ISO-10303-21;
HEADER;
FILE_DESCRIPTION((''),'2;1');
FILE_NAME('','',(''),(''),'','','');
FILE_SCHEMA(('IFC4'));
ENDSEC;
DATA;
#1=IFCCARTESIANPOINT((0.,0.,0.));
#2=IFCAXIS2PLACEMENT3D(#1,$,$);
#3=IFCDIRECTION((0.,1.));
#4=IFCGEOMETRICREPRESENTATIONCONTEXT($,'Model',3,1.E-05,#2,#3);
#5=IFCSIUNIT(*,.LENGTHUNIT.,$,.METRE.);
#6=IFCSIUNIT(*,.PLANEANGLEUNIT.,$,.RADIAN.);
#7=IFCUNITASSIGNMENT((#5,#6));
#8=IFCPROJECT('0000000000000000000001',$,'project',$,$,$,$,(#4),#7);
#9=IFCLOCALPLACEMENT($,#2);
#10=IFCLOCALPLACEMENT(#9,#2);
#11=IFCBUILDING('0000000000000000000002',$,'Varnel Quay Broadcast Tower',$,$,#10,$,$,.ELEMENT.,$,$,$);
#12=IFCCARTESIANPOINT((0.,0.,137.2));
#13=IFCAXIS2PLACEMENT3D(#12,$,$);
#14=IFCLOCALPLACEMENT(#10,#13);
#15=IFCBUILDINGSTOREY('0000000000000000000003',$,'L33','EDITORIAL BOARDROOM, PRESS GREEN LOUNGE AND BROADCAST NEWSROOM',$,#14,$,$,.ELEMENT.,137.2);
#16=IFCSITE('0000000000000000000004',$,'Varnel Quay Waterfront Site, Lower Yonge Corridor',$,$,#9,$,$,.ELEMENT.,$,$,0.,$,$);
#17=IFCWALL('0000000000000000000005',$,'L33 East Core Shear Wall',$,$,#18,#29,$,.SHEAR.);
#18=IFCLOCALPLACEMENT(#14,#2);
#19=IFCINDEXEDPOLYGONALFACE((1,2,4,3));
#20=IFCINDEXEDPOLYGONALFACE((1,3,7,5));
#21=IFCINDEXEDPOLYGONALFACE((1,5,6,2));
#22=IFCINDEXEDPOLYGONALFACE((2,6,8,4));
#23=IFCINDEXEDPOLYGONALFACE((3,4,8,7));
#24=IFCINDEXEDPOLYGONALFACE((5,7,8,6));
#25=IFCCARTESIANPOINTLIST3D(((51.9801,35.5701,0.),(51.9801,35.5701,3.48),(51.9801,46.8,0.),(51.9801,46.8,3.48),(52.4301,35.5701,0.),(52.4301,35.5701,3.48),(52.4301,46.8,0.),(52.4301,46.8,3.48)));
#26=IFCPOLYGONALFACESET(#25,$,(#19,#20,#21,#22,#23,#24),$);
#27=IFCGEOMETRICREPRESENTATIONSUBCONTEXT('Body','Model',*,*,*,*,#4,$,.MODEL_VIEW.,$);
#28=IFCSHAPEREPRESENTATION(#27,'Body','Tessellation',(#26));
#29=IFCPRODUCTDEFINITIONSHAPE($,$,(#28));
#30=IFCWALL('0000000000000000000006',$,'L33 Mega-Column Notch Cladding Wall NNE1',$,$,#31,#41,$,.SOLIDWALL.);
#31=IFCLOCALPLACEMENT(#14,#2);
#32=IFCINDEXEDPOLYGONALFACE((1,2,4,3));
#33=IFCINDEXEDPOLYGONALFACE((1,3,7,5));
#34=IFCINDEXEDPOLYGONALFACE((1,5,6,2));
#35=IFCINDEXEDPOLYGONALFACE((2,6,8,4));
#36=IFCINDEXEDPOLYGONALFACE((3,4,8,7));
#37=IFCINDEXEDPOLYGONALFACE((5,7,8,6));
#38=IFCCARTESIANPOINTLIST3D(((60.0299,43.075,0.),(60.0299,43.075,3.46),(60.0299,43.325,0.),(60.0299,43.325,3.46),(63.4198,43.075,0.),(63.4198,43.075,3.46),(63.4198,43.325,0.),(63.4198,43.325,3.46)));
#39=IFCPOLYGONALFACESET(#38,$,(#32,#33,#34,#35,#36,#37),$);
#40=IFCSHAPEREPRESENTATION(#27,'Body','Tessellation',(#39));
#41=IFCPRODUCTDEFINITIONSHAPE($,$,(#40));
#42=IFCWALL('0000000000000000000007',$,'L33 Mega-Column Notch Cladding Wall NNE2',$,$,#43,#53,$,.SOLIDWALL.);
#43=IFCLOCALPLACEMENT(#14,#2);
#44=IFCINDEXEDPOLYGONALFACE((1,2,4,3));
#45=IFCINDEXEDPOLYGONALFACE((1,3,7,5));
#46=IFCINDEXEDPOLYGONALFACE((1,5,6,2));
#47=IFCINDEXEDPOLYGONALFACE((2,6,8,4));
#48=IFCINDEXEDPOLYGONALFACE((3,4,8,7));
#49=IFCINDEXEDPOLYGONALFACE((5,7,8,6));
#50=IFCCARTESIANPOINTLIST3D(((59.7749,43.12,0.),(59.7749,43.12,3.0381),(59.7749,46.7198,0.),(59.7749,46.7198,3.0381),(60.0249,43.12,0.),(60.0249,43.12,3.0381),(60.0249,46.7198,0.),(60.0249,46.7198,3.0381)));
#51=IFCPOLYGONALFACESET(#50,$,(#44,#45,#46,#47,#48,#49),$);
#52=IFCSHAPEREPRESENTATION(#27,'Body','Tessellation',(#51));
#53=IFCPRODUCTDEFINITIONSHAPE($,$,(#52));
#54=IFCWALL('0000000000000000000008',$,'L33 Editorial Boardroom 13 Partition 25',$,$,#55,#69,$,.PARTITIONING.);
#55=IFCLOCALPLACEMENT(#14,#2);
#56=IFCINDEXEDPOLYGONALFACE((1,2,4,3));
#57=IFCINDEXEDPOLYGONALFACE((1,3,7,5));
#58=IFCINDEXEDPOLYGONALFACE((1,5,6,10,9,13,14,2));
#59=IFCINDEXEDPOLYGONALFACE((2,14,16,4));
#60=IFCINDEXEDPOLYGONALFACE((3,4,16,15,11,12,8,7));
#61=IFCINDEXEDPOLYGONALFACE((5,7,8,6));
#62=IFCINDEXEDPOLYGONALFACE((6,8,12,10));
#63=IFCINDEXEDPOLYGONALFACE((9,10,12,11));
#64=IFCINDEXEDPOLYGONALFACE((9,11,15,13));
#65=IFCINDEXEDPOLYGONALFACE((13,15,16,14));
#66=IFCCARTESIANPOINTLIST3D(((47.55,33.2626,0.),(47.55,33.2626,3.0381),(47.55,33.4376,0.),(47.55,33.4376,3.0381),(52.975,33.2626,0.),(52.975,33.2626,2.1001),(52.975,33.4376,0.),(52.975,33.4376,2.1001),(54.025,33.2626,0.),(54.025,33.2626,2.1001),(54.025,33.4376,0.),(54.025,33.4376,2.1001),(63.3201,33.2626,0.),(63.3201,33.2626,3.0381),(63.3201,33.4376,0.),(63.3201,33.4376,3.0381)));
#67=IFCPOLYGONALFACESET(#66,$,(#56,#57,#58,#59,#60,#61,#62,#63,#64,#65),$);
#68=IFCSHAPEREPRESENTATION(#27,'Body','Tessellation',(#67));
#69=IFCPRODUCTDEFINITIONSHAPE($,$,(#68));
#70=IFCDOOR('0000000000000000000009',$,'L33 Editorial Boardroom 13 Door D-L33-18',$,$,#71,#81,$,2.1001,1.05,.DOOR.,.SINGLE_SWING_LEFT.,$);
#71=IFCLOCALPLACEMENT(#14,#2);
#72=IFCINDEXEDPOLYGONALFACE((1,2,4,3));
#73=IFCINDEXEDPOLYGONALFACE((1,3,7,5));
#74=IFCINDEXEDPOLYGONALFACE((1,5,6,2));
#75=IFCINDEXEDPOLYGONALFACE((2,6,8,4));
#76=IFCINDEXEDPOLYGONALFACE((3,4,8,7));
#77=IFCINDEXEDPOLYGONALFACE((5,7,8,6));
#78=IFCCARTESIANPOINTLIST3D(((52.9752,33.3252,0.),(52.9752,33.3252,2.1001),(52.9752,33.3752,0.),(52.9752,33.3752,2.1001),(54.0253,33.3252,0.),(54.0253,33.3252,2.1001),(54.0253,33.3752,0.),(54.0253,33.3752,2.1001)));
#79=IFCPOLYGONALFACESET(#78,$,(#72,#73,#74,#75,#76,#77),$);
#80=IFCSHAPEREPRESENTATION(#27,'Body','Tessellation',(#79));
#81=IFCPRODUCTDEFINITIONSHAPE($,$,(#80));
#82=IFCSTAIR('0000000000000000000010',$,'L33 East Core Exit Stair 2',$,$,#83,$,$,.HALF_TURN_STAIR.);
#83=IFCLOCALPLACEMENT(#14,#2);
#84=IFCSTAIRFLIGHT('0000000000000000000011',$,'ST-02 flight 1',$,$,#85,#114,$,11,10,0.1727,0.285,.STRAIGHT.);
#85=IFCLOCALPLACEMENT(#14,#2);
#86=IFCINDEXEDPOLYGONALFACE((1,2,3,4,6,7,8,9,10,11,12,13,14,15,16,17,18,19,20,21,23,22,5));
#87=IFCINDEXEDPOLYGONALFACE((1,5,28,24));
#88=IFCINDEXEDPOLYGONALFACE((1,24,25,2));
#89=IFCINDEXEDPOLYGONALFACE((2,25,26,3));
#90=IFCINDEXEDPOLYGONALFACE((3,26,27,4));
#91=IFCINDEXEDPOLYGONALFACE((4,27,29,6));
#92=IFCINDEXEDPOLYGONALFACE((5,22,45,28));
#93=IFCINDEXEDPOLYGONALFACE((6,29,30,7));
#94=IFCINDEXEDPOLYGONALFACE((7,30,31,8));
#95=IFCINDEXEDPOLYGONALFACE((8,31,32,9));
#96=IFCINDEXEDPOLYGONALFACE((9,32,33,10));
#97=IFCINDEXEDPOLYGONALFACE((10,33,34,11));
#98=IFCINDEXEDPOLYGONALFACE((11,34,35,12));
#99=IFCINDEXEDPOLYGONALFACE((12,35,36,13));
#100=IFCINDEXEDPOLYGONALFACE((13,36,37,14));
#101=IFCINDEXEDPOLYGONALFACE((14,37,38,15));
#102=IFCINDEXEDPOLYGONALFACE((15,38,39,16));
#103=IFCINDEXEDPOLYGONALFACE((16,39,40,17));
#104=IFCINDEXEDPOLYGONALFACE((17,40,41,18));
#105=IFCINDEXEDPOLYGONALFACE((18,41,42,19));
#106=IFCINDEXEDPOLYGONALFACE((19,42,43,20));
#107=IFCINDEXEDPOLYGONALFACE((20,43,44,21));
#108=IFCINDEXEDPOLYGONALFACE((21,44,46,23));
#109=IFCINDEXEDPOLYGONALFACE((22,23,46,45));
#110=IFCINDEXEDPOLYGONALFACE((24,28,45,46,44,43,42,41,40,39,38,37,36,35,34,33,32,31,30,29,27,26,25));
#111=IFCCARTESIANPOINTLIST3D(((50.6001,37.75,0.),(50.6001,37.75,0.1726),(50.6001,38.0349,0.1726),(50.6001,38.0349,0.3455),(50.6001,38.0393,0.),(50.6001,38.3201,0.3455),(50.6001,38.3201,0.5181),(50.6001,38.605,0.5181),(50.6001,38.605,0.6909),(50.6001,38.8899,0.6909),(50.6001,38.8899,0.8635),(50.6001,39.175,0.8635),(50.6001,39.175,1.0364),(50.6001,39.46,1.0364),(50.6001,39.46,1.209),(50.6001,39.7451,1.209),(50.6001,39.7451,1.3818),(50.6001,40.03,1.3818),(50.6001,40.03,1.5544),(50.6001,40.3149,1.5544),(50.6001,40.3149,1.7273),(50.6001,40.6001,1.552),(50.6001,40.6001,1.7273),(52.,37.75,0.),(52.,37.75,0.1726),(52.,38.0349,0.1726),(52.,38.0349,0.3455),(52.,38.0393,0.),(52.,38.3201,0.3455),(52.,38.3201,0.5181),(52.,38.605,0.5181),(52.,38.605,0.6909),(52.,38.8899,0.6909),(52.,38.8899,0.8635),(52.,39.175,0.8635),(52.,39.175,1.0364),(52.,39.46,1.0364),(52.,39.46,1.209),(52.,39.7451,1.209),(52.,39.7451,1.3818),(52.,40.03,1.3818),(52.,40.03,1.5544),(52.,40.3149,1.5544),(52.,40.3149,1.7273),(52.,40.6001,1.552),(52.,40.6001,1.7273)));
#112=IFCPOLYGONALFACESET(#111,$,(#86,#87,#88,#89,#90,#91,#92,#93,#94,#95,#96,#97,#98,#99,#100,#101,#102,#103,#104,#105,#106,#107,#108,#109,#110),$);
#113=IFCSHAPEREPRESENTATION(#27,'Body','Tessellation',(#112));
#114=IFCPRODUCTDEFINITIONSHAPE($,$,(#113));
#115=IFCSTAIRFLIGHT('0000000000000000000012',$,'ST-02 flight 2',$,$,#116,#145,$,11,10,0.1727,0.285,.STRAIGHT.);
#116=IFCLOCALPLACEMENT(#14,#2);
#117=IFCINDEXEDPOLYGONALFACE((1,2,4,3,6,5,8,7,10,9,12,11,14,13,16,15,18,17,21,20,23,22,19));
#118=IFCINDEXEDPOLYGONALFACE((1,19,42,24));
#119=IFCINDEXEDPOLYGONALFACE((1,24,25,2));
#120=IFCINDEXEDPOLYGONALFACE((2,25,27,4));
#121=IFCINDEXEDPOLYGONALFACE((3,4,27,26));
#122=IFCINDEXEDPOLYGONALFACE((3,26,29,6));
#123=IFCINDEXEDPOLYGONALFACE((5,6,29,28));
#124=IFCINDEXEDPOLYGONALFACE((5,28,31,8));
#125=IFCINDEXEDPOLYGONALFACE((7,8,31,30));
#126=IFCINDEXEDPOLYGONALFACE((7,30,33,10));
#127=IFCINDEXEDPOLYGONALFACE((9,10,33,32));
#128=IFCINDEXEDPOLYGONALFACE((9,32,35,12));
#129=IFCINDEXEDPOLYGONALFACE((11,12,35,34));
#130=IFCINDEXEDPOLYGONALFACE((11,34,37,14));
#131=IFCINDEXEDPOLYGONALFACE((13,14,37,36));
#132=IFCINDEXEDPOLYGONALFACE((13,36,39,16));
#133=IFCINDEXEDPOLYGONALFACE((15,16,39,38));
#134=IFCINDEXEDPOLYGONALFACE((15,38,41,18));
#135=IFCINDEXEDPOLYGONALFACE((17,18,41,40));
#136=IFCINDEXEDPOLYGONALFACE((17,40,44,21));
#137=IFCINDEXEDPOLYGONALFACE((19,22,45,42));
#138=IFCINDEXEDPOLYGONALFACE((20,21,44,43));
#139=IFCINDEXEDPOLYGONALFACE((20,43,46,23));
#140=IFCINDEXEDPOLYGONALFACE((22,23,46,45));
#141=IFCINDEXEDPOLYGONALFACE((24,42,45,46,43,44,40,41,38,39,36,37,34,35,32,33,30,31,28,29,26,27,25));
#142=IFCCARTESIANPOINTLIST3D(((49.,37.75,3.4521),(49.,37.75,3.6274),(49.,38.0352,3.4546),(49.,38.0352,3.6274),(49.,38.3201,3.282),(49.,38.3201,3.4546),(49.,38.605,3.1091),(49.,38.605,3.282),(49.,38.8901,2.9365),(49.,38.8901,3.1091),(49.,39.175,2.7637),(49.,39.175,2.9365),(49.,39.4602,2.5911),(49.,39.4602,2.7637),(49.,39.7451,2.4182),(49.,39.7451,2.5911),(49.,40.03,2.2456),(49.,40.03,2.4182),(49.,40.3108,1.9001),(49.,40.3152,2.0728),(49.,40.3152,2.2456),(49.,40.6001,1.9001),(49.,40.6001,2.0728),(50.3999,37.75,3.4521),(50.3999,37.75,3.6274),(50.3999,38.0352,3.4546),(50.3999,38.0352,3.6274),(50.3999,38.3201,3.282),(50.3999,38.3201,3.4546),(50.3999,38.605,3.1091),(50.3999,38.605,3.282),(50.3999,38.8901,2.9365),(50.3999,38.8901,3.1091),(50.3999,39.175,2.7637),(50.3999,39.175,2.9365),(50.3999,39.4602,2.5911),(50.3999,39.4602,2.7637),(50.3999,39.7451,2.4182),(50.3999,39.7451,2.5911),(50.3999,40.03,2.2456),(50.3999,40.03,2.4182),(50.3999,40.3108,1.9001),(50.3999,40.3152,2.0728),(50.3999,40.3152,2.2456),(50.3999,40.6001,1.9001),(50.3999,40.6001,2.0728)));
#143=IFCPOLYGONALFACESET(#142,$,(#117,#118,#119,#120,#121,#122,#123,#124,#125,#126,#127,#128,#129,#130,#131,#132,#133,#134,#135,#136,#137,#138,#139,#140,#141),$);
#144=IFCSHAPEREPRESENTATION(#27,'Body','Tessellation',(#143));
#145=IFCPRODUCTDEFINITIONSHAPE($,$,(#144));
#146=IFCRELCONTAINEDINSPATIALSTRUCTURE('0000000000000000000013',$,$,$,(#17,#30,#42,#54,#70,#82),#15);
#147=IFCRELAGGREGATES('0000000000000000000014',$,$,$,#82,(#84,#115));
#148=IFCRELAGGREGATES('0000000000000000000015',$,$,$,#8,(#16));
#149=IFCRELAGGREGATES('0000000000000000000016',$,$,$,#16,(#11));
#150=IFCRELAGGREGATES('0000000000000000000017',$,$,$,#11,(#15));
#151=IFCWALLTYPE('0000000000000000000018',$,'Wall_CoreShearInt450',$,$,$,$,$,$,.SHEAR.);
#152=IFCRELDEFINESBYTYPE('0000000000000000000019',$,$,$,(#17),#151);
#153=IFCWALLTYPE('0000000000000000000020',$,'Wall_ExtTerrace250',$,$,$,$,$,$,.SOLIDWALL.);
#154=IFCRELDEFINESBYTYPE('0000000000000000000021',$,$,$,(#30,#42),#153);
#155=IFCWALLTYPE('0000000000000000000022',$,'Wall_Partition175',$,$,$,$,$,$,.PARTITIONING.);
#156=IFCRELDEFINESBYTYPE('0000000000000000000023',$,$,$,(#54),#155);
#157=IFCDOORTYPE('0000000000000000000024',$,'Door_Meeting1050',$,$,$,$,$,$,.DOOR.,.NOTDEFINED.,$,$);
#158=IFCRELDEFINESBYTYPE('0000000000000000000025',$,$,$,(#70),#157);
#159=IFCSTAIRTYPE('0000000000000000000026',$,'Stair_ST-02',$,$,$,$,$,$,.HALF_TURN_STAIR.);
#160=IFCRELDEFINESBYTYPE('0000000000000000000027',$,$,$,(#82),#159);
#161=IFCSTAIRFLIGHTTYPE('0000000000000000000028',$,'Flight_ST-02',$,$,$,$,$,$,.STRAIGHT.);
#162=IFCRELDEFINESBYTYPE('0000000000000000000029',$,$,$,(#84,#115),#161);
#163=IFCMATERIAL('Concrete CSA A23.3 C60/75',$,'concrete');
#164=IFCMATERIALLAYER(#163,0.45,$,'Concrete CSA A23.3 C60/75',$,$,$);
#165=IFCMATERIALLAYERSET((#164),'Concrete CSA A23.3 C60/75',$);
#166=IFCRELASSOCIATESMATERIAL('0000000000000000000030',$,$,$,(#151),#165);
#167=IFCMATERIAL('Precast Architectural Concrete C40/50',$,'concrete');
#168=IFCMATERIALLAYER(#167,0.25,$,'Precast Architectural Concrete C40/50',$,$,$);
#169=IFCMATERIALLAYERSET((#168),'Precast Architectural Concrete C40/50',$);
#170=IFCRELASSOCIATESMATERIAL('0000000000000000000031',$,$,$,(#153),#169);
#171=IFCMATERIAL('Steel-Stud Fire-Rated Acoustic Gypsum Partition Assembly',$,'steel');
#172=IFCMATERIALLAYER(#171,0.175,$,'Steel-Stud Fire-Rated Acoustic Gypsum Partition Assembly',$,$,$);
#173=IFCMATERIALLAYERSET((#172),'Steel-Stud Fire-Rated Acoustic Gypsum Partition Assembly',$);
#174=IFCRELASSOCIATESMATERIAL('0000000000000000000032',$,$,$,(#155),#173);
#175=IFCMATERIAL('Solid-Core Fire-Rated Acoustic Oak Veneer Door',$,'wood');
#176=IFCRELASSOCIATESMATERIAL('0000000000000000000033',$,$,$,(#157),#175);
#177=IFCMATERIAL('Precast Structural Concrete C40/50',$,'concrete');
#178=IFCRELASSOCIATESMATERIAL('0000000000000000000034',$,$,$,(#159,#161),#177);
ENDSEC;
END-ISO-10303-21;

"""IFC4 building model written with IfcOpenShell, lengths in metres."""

from ifc_helpers import new_model, si_unit, direction, frame, frame_2d, origin, place, context, subcontext, project, spatial, polyline, rectangle, outline, extrude, source, transform, mapped, material, layer, layer_set, type_object, type_shapes, element, fill, aggregate, save


model = new_model("IFC4")

# Units and contexts
model_context = context("Model", 3, precision=1e-05, world=origin(), true_north=direction((0.0, 1.0)))
body_context = subcontext(model_context, "Body", "Model", "MODEL_VIEW")
ifc_project = project(units=[si_unit("LENGTHUNIT", "METRE"), si_unit("PLANEANGLEUNIT", "RADIAN")], contexts=[model_context])

# Site, building, storey
site_placement = place(None, origin())
site = spatial("IfcSite", under=ifc_project, at=site_placement, Name="Varnel Quay Waterfront Site, Lower Yonge Corridor", CompositionType="ELEMENT", RefElevation=0.0)
building_placement = place(site_placement, origin())
building = spatial("IfcBuilding", under=site, at=building_placement, Name="Varnel Quay Broadcast Tower", CompositionType="ELEMENT")
storey_placement = place(building_placement, frame((0.0, 0.0, 137.2)))
storey = spatial("IfcBuildingStorey", under=building, at=storey_placement, Name="L33", Description="EDITORIAL BOARDROOM, PRESS GREEN LOUNGE AND BROADCAST NEWSROOM", CompositionType="ELEMENT", Elevation=137.2)

# Walls
ifc_material_1 = material(Name="Concrete CSA A23.3 C60/75", Category="concrete")
ifc_layer_1 = layer(ifc_material_1, 0.45, Name="Concrete CSA A23.3 C60/75")
ifc_layer_set_1 = layer_set([ifc_layer_1], Name="Concrete CSA A23.3 C60/75")
wall_type_1 = type_object("IfcWallType", Name="Wall_CoreShearInt450", PredefinedType="SHEAR", material=ifc_layer_set_1)
wall_1_placement = place(storey_placement, frame((52.2051, 35.5701, 0.0), z_axis=(0.0, 0.0, 1.0), x_axis=(0.0, 1.0, 0.0)))
element("IfcWall", 1, at=wall_1_placement, inside=storey, type_object=wall_type_1, Name="L33 East Core Shear Wall", PredefinedType="SHEAR", context=body_context, shape_type="SweptSolid", body=[
    extrude(rectangle(XDim=11.23, YDim=0.45, at=frame_2d((5.615, 0.0))), origin(), (0.0, 0.0, 1.0), 3.48),
])
ifc_material_2 = material(Name="Precast Architectural Concrete C40/50", Category="concrete")
ifc_layer_2 = layer(ifc_material_2, 0.25, Name="Precast Architectural Concrete C40/50")
ifc_layer_set_2 = layer_set([ifc_layer_2], Name="Precast Architectural Concrete C40/50")
wall_type_2 = type_object("IfcWallType", Name="Wall_ExtTerrace250", PredefinedType="SOLIDWALL", material=ifc_layer_set_2)
wall_2_placement = place(storey_placement, frame((60.03, 43.2, 0.0), z_axis=(0.0, 0.0, 1.0), x_axis=(1.0, 0.0, 0.0)))
element("IfcWall", 2, at=wall_2_placement, inside=storey, type_object=wall_type_2, Name="L33 Mega-Column Notch Cladding Wall NNE1", PredefinedType="SOLIDWALL", context=body_context, shape_type="SweptSolid", body=[
    extrude(rectangle(XDim=3.3899, YDim=0.25, at=frame_2d((1.6948, 0.0))), origin(), (0.0, 0.0, 1.0), 3.46),
])
wall_3_placement = place(storey_placement, frame((59.8999, 43.1201, 0.0), z_axis=(0.0, 0.0, 1.0), x_axis=(0.0, 1.0, 0.0)))
element("IfcWall", 3, at=wall_3_placement, inside=storey, type_object=wall_type_2, Name="L33 Mega-Column Notch Cladding Wall NNE2", PredefinedType="SOLIDWALL", context=body_context, shape_type="SweptSolid", body=[
    extrude(rectangle(XDim=3.5999, YDim=0.25, at=frame_2d((1.7998, 0.0))), origin(), (0.0, 0.0, 1.0), 3.0381),
])

# Wall, opening, door
ifc_material_3 = material(Name="Steel-Stud Fire-Rated Acoustic Gypsum Partition Assembly", Category="steel")
ifc_layer_3 = layer(ifc_material_3, 0.175, Name="Steel-Stud Fire-Rated Acoustic Gypsum Partition Assembly")
ifc_layer_set_3 = layer_set([ifc_layer_3], Name="Steel-Stud Fire-Rated Acoustic Gypsum Partition Assembly")
wall_type_3 = type_object("IfcWallType", Name="Wall_Partition175", PredefinedType="PARTITIONING", material=ifc_layer_set_3)
wall_4_placement = place(storey_placement, frame((47.55, 33.3501, 0.0), z_axis=(0.0, 0.0, 1.0), x_axis=(1.0, 0.0, 0.0)))
wall_4 = element("IfcWall", 4, at=wall_4_placement, inside=storey, type_object=wall_type_3, Name="L33 Editorial Boardroom 13 Partition 25", PredefinedType="PARTITIONING", context=body_context, shape_type="SweptSolid", body=[
    extrude(rectangle(XDim=15.77, YDim=0.175, at=frame_2d((7.885, 0.0))), origin(), (0.0, 0.0, 1.0), 3.0381),
])
opening_placement = place(wall_4_placement, frame((5.425, 0.0, 0.0)))
opening = element("IfcOpeningElement", 5, at=opening_placement, cuts=wall_4, PredefinedType="OPENING", context=body_context, shape_type="SweptSolid", body=[
    extrude(rectangle(XDim=1.05, YDim=2.1001, at=frame_2d((0.5249, 1.05))), frame((0.0, 0.0977, 0.0), z_axis=(0.0, -1.0, 0.0), x_axis=(1.0, 0.0, 0.0)), (0.0, 0.0, 1.0), 0.1951),
])
ifc_material_4 = material(Name="Solid-Core Fire-Rated Acoustic Oak Veneer Door", Category="wood")
door_type = type_object("IfcDoorType", Name="Door_Meeting1050", OperationType="NOTDEFINED", PredefinedType="DOOR", material=ifc_material_4)
shared_shape_1 = source(origin(), body_context, "Body", "SweptSolid", [
    extrude(rectangle(XDim=1.05, YDim=2.1001, at=frame_2d((0.5249, 1.05))), frame((0.0, 0.0249, 0.0), z_axis=(0.0, -1.0, 0.0), x_axis=(1.0, 0.0, 0.0)), (0.0, 0.0, 1.0), 0.05),
])
type_shapes(door_type, [shared_shape_1])
door_placement = place(opening_placement, frame((1.05, 0.0, 0.0), z_axis=(0.0, 0.0, 1.0), x_axis=(-1.0, 0.0, 0.0)))
door = element("IfcDoor", 6, at=door_placement, inside=storey, type_object=door_type, Name="L33 Editorial Boardroom 13 Door D-L33-18", OperationType="SINGLE_SWING_LEFT", OverallHeight=2.1001, OverallWidth=1.05, PredefinedType="DOOR", context=body_context, shape_type="MappedRepresentation", body=[
    mapped(shared_shape_1, transform((0.0, 0.0, 0.0), x_axis=(1.0, 0.0, 0.0), y_axis=(0.0, 1.0, 0.0), z_axis=(0.0, 0.0, 1.0), scale=1.0)),
])
fill(opening, door)

# Stair, stair flights
ifc_material_5 = material(Name="Precast Structural Concrete C40/50", Category="concrete")
stair_type = type_object("IfcStairType", Name="Stair_ST-02", PredefinedType="HALF_TURN_STAIR", material=ifc_material_5)
stair_placement = place(storey_placement, origin())
stair = element("IfcStair", 7, at=stair_placement, inside=storey, type_object=stair_type, Name="L33 East Core Exit Stair 2", PredefinedType="HALF_TURN_STAIR")
stair_flight_type = type_object("IfcStairFlightType", Name="Flight_ST-02", PredefinedType="STRAIGHT", material=ifc_material_5)
stair_flight_1_placement = place(storey_placement, frame((51.3, 37.75, 0.0), z_axis=(0.0, 0.0, 1.0), x_axis=(0.0, 1.0, 0.0)))
stair_flight_1 = element("IfcStairFlight", 8, at=stair_flight_1_placement, type_object=stair_flight_type, Name="ST-02 flight 1", NumberOfRisers=11, NumberOfTreads=10, PredefinedType="STRAIGHT", RiserHeight=0.1727, TreadLength=0.285, context=body_context, shape_type="SweptSolid", body=[
    extrude(outline(polyline([(0.0, 0.0), (0.0, 0.1726), (0.2849, 0.1726), (0.2849, 0.3455), (0.5701, 0.3455), (0.5701, 0.5181), (0.855, 0.5181), (0.855, 0.6909), (1.1399, 0.6909), (1.1399, 0.8635), (1.425, 0.8635), (1.425, 1.0364), (1.71, 1.0364), (1.71, 1.209), (1.9951, 1.209), (1.9951, 1.3818), (2.28, 1.3818), (2.28, 1.5544), (2.5649, 1.5544), (2.5649, 1.7273), (2.8501, 1.7273), (2.8501, 1.8999), (2.8501, 1.552), (0.2893, 0.0), (0.0, 0.0)])), frame((0.0, 0.7, 0.0), z_axis=(0.0, -1.0, 0.0), x_axis=(1.0, 0.0, 0.0)), (0.0, 0.0, 1.0), 1.3999),
])
stair_flight_2_placement = place(storey_placement, frame((49.7, 40.6001, 1.9001), z_axis=(0.0, 0.0, 1.0), x_axis=(0.0, -1.0, 0.0)))
stair_flight_2 = element("IfcStairFlight", 9, at=stair_flight_2_placement, type_object=stair_flight_type, Name="ST-02 flight 2", NumberOfRisers=11, NumberOfTreads=10, PredefinedType="STRAIGHT", RiserHeight=0.1727, TreadLength=0.285, context=body_context, shape_type="SweptSolid", body=[
    extrude(outline(polyline([(0.0, 0.0), (0.0, 0.1726), (0.2849, 0.1726), (0.2849, 0.3455), (0.5701, 0.3455), (0.5701, 0.5181), (0.855, 0.5181), (0.855, 0.6909), (1.1399, 0.6909), (1.1399, 0.8635), (1.425, 0.8635), (1.425, 1.0364), (1.71, 1.0364), (1.71, 1.209), (1.9951, 1.209), (1.9951, 1.3818), (2.28, 1.3818), (2.28, 1.5544), (2.5649, 1.5544), (2.5649, 1.7273), (2.8501, 1.7273), (2.8501, 1.8999), (2.8501, 1.552), (0.2893, 0.0), (0.0, 0.0)])), frame((0.0, 0.7, 0.0), z_axis=(0.0, -1.0, 0.0), x_axis=(1.0, 0.0, 0.0)), (0.0, 0.0, 1.0), 1.3999),
])
aggregate(stair, [stair_flight_1, stair_flight_2])

save(model, "model.ifc")
